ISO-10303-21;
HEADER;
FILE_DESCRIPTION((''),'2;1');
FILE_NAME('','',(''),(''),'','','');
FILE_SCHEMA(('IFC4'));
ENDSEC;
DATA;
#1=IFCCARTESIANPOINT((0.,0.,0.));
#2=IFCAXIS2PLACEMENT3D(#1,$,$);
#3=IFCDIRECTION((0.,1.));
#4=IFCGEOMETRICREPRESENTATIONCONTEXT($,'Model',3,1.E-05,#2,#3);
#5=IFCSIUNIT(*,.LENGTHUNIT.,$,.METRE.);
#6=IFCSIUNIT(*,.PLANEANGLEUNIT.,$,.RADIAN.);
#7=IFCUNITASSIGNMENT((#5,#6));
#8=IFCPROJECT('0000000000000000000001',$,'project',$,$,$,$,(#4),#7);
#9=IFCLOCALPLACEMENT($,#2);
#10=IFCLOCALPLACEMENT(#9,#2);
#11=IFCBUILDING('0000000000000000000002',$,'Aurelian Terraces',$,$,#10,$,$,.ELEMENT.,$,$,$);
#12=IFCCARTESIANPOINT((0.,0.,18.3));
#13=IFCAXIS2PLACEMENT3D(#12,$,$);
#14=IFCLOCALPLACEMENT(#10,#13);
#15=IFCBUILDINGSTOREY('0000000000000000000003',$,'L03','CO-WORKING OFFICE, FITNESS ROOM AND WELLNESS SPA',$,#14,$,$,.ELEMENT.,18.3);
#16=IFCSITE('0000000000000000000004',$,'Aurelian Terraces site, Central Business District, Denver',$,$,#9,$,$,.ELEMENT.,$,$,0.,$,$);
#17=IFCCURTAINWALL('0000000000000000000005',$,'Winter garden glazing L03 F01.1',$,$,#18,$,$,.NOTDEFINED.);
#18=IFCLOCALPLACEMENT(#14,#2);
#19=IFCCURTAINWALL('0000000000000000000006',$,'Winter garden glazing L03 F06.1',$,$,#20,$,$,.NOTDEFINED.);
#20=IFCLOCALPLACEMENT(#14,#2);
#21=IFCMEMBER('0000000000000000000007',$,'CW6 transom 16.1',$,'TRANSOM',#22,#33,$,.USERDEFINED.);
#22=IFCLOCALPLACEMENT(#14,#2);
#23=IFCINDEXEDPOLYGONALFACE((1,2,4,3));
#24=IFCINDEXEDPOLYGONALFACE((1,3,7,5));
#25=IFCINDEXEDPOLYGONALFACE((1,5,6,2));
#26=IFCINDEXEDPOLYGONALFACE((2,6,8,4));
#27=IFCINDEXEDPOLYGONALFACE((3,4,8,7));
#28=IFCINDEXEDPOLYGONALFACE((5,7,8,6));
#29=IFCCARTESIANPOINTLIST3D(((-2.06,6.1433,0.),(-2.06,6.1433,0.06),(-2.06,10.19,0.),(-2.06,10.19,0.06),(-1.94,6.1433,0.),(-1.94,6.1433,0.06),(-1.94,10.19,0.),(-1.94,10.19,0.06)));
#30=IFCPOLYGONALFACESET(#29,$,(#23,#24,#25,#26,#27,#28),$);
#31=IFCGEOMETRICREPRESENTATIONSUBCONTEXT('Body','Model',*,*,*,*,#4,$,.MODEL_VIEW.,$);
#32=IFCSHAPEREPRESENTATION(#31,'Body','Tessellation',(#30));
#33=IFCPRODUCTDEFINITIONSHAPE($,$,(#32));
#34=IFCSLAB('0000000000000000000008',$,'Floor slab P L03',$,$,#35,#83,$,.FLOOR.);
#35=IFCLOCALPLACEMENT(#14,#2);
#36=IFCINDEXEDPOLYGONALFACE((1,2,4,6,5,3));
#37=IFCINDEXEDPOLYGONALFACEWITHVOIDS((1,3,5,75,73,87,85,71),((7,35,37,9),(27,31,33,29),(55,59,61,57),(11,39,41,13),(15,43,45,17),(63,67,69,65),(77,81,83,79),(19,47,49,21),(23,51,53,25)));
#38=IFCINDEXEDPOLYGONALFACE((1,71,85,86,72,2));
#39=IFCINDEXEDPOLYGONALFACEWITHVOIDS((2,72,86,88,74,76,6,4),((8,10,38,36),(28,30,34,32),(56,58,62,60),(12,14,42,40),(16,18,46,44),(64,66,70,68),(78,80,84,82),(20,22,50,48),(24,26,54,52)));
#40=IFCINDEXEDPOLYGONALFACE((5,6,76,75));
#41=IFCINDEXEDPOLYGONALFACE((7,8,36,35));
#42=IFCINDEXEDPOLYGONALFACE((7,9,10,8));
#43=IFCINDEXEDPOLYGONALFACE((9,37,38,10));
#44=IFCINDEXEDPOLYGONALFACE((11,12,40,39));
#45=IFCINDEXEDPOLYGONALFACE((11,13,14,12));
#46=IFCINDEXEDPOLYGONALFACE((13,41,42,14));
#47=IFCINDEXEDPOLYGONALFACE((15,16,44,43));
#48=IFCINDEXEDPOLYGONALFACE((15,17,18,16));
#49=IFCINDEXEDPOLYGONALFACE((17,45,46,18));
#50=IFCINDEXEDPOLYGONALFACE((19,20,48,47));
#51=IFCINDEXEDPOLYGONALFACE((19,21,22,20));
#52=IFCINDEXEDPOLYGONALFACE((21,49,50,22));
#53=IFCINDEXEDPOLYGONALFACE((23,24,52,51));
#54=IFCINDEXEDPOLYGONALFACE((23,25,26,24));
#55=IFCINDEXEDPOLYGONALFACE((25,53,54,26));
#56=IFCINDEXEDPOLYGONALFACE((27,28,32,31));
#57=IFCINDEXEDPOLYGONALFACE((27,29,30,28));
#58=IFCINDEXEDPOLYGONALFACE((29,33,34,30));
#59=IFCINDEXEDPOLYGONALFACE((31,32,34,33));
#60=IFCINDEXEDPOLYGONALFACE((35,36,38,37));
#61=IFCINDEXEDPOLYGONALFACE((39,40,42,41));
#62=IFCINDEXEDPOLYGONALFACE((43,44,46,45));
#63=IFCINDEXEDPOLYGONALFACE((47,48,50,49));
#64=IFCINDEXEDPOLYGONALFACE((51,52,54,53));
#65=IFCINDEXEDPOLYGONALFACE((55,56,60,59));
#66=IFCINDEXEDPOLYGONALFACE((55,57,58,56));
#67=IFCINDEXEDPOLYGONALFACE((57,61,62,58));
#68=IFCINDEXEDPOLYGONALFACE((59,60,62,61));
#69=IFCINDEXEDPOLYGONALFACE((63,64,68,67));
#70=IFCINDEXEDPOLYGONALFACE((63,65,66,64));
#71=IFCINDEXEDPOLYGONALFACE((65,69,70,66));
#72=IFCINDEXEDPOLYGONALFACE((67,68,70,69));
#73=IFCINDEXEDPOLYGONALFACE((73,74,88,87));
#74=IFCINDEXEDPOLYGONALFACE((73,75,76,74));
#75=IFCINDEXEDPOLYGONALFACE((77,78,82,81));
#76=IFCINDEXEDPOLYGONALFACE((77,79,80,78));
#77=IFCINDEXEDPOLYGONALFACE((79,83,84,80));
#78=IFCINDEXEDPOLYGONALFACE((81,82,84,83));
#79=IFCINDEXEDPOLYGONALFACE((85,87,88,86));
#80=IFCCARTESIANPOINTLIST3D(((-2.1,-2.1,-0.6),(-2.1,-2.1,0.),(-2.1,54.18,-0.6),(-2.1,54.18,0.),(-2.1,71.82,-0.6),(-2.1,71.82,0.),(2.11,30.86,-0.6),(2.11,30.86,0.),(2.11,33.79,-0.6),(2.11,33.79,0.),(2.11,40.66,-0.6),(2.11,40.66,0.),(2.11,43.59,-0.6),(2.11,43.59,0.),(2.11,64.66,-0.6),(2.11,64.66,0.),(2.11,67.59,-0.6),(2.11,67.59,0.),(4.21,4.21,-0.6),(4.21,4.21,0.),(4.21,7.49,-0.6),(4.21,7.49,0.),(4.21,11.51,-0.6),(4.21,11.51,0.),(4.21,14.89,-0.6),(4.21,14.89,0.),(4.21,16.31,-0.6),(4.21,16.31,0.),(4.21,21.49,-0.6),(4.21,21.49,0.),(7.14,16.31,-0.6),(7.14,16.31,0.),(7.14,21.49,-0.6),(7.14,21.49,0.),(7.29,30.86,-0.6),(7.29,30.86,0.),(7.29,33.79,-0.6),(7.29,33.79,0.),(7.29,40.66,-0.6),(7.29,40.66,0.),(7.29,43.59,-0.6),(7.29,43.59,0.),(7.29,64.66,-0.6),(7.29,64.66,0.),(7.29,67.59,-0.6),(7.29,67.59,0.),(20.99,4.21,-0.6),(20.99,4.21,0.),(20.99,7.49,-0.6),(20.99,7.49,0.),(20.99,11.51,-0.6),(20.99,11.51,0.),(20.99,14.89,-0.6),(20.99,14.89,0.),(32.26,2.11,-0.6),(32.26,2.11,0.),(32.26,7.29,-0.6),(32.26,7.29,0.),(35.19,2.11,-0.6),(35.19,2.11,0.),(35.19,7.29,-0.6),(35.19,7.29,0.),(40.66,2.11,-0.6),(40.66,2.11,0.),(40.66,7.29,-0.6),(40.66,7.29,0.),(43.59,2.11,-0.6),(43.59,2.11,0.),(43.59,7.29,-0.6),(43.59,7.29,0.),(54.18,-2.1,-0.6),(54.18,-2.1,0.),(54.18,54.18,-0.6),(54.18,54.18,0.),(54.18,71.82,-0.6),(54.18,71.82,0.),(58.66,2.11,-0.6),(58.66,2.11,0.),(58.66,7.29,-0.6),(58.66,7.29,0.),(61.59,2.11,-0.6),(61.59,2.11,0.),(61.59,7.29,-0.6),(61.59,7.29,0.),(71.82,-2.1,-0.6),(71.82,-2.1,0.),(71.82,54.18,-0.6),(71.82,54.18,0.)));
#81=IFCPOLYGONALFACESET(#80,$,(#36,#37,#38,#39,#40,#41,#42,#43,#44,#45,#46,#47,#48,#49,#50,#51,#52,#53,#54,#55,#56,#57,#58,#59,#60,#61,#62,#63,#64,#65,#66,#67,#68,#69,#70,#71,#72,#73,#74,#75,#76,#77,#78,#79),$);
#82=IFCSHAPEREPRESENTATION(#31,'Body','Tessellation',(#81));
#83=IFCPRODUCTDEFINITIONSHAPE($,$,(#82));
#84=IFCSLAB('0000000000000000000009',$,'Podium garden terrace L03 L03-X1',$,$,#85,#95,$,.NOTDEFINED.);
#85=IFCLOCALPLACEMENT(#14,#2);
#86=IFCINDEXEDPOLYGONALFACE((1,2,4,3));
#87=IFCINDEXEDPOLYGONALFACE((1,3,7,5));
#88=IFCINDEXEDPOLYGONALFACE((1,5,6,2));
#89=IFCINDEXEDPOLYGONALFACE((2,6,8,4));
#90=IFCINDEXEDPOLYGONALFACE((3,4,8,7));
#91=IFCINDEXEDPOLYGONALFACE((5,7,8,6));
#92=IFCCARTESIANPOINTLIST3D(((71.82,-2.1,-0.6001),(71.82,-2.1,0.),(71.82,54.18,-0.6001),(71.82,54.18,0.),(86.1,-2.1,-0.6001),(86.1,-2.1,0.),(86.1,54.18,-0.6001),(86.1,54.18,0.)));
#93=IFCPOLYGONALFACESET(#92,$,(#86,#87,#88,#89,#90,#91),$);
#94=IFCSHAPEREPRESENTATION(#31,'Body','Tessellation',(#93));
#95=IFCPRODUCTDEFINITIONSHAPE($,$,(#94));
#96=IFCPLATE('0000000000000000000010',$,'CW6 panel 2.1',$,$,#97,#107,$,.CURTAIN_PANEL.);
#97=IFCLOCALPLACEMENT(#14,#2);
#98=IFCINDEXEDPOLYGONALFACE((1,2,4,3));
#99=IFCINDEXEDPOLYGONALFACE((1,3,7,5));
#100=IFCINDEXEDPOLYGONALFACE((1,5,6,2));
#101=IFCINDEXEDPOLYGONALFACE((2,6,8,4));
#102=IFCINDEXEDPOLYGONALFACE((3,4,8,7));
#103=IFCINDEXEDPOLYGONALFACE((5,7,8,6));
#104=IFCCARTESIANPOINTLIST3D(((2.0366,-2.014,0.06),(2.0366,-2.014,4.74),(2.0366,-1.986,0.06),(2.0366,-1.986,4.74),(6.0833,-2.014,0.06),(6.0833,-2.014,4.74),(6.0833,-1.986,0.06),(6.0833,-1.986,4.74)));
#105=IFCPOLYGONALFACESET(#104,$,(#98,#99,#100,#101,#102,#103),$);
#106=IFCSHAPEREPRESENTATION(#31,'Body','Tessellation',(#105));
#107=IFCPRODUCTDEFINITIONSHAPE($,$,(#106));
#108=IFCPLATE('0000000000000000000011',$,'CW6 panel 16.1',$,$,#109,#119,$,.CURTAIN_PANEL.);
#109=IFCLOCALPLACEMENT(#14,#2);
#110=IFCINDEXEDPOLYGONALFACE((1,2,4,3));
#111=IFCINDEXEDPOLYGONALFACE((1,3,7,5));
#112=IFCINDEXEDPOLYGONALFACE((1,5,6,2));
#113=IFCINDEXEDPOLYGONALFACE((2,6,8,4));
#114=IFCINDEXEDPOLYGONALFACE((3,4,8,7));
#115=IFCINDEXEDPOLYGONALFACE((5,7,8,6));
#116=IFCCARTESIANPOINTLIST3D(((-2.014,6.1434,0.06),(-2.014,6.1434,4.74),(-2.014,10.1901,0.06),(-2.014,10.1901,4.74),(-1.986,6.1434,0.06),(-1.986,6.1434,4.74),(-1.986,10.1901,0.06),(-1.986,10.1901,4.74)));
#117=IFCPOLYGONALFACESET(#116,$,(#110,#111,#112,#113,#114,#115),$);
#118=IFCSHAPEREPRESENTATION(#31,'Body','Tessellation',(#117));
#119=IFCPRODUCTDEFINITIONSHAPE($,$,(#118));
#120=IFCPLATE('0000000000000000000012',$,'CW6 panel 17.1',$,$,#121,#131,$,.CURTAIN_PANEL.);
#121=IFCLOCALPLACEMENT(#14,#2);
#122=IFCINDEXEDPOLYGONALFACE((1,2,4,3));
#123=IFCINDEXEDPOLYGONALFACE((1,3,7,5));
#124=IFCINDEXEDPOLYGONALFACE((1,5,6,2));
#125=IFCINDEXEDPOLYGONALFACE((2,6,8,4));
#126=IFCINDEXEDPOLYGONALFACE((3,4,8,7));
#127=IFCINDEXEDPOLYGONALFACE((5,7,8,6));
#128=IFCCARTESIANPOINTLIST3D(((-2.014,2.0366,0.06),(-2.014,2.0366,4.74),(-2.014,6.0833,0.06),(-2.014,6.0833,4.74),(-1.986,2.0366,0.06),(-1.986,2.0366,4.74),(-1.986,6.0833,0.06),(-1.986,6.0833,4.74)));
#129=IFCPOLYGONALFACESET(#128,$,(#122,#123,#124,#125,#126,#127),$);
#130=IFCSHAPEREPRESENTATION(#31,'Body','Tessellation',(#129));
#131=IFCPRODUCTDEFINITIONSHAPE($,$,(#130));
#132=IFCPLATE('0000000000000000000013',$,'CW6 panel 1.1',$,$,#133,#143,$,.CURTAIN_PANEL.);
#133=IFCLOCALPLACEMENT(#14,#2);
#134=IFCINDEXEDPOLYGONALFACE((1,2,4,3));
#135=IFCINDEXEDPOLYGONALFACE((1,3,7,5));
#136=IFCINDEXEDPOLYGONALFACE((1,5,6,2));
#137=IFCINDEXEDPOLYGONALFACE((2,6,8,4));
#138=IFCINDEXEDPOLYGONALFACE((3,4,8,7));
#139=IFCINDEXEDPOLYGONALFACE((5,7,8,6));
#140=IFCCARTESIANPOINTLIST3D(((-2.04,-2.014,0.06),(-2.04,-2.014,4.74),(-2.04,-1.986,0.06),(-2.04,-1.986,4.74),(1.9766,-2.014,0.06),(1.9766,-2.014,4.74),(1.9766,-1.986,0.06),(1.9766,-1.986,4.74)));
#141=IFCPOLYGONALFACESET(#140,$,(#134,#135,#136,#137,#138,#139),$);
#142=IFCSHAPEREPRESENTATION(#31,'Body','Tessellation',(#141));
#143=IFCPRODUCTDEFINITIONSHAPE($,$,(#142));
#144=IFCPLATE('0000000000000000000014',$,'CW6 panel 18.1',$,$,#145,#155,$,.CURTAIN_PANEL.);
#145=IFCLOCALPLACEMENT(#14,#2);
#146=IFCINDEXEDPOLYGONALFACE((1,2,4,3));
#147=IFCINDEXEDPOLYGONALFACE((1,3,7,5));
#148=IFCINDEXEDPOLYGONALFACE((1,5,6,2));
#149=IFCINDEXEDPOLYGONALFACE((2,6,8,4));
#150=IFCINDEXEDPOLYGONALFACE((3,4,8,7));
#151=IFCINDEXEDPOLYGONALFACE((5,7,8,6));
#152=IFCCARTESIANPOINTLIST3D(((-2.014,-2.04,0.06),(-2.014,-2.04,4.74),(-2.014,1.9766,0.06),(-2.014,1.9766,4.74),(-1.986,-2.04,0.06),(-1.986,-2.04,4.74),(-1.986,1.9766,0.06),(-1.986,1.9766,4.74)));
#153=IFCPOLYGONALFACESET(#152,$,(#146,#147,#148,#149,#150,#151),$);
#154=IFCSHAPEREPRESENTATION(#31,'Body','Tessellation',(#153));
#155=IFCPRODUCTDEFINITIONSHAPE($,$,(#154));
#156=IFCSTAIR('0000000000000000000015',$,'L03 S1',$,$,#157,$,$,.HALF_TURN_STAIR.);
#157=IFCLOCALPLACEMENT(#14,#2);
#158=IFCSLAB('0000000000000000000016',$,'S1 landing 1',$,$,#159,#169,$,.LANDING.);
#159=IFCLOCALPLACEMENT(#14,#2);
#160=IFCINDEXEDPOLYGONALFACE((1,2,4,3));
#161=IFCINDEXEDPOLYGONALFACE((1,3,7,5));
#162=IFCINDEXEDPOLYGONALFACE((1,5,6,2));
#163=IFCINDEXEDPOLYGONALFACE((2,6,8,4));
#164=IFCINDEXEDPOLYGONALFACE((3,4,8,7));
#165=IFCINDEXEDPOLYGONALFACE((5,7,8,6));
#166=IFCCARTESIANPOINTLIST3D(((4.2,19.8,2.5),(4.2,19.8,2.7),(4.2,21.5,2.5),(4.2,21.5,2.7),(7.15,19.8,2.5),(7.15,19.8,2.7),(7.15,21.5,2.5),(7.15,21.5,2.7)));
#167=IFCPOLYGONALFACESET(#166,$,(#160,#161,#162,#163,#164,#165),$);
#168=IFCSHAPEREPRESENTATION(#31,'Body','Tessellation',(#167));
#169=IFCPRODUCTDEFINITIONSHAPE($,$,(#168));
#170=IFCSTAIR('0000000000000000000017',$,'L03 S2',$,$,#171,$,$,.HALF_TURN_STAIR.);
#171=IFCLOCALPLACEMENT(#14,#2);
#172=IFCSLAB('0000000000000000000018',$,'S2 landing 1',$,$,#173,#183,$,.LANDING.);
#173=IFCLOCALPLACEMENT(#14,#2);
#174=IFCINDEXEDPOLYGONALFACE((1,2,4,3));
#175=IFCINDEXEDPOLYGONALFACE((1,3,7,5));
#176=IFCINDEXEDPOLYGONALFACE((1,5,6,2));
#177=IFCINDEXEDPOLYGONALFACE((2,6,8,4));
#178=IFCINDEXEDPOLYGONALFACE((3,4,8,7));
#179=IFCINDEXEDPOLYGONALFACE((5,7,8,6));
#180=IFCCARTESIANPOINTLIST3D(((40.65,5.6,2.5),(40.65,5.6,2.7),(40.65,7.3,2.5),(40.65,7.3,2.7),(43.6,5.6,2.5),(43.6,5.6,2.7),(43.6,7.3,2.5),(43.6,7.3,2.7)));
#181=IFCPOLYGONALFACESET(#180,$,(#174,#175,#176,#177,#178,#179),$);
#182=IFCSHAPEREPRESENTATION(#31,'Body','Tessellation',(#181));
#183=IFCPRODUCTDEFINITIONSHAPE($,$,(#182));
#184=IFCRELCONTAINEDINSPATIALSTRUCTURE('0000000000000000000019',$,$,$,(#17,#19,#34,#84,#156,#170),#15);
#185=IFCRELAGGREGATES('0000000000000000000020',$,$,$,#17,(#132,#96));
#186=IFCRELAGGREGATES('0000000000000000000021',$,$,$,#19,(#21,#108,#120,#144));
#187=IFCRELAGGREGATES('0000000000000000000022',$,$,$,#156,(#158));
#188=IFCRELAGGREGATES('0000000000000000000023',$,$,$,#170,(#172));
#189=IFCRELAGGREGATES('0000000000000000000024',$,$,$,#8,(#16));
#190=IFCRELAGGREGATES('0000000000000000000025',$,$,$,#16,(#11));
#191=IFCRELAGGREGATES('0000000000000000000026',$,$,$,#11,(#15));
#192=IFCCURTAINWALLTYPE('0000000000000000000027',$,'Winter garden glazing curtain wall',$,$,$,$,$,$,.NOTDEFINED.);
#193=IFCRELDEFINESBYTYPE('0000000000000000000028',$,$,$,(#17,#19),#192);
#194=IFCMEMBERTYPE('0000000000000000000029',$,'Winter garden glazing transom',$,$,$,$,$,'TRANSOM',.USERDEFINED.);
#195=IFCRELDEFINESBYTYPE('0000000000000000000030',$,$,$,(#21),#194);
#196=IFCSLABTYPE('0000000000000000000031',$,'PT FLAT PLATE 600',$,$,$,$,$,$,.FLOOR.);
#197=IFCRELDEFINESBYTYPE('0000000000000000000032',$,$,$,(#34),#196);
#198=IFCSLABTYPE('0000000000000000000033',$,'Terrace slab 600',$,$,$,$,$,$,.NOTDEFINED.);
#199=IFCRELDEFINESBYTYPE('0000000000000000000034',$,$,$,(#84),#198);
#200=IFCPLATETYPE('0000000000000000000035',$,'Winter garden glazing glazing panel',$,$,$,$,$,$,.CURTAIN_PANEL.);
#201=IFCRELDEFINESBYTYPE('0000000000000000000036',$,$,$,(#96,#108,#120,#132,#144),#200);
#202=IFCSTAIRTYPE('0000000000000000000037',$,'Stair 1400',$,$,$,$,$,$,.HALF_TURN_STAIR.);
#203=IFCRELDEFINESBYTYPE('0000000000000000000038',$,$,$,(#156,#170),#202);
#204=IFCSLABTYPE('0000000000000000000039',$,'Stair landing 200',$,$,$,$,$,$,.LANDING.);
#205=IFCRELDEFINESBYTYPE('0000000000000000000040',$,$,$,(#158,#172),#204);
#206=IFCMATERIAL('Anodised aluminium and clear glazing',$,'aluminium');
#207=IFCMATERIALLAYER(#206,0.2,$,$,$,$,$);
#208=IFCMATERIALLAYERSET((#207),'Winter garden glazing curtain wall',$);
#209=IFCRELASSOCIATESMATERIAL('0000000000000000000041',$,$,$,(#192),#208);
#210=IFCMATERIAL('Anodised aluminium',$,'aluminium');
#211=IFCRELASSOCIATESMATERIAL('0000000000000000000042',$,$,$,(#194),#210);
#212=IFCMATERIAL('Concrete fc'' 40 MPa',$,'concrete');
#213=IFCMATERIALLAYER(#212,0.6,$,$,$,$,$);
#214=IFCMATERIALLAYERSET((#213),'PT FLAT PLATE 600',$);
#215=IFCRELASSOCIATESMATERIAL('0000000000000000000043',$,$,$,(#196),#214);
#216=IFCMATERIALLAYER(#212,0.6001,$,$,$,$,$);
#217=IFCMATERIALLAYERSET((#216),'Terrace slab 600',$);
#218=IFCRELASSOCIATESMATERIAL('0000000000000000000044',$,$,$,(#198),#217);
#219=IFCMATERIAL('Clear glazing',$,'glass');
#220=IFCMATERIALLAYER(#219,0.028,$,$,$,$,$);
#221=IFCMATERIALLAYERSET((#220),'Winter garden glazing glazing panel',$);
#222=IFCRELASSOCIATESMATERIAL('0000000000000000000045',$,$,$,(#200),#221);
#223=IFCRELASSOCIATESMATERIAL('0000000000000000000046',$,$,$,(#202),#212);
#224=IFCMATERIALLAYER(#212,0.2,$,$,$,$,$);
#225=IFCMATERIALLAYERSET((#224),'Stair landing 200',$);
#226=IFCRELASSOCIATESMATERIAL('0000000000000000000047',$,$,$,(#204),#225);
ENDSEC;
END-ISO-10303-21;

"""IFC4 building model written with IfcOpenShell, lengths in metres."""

from ifc_helpers import new_model, si_unit, direction, frame, origin, origin_2d, place, context, subcontext, project, spatial, polyline, rectangle, outline, extrude, source, transform, mapped, material, layer, layer_set, material_profile, profile_set, type_object, element, aggregate, save


model = new_model("IFC4")

# Units and contexts
model_context = context("Model", 3, precision=1e-05, world=origin(), true_north=direction((0.0, 1.0)))
body_context = subcontext(model_context, "Body", "Model", "MODEL_VIEW")
ifc_project = project(units=[si_unit("LENGTHUNIT", "METRE"), si_unit("PLANEANGLEUNIT", "RADIAN")], contexts=[model_context])

# Site, building, storey
site_placement = place(None, origin())
site = spatial("IfcSite", under=ifc_project, at=site_placement, Name="Aurelian Terraces site, Central Business District, Denver", CompositionType="ELEMENT", RefElevation=0.0)
building_placement = place(site_placement, origin())
building = spatial("IfcBuilding", under=site, at=building_placement, Name="Aurelian Terraces", CompositionType="ELEMENT")
storey_placement = place(building_placement, frame((0.0, 0.0, 18.3)))
storey = spatial("IfcBuildingStorey", under=building, at=storey_placement, Name="L03", Description="CO-WORKING OFFICE, FITNESS ROOM AND WELLNESS SPA", CompositionType="ELEMENT", Elevation=18.3)

# Curtain walls
ifc_material_1 = material(Name="Anodised aluminium and clear glazing", Category="aluminium")
ifc_layer_1 = layer(ifc_material_1, 0.2)
ifc_layer_set_1 = layer_set([ifc_layer_1], Name="Winter garden glazing curtain wall")
curtain_wall_type = type_object("IfcCurtainWallType", Name="Winter garden glazing curtain wall", PredefinedType="NOTDEFINED", material=ifc_layer_set_1)
curtain_wall_1_placement = place(storey_placement, origin())
curtain_wall_1 = element("IfcCurtainWall", 1, at=curtain_wall_1_placement, inside=storey, type_object=curtain_wall_type, Name="Winter garden glazing L03 F01.1", PredefinedType="NOTDEFINED")
ifc_material_2 = material(Name="Anodised aluminium", Category="aluminium")
curtain_wall_2_placement = place(storey_placement, origin())
curtain_wall_2 = element("IfcCurtainWall", 2, at=curtain_wall_2_placement, inside=storey, type_object=curtain_wall_type, Name="Winter garden glazing L03 F06.1", PredefinedType="NOTDEFINED")

# Member
ifc_material_profile_1 = material_profile(ifc_material_2, rectangle(XDim=0.12, YDim=0.06, at=origin_2d()))
ifc_profile_set_1 = profile_set([ifc_material_profile_1], Name="Anodised aluminium")
member_type_1 = type_object("IfcMemberType", Name="Winter garden glazing transom", ElementType="TRANSOM", PredefinedType="USERDEFINED", material=ifc_profile_set_1)
shared_shape_1 = source(origin(), body_context, "Body", "SweptSolid", [
    extrude(rectangle(XDim=0.12, YDim=0.06, at=origin_2d()), origin(), (0.0, 0.0, 1.0), 4.0467),
])
member_1_placement = place(storey_placement, frame((-2.0, 10.19, 0.03), z_axis=(0.0, -1.0, 0.0), x_axis=(1.0, 0.0, 0.0)))
member_1 = element("IfcMember", 3, at=member_1_placement, type_object=member_type_1, Name="CW6 transom 16.1", ObjectType="TRANSOM", PredefinedType="USERDEFINED", context=body_context, shape_type="MappedRepresentation", body=[
    mapped(shared_shape_1, transform((0.0, 0.0, 0.0), scale=1.0)),
])

# Slabs
ifc_material_3 = material(Name="Concrete fc' 40 MPa", Category="concrete")
ifc_layer_2 = layer(ifc_material_3, 0.6)
ifc_layer_set_2 = layer_set([ifc_layer_2], Name="PT FLAT PLATE 600")
slab_type_1 = type_object("IfcSlabType", Name="PT FLAT PLATE 600", PredefinedType="FLOOR", material=ifc_layer_set_2)
slab_1_placement = place(storey_placement, frame((0.0, 0.0, -0.6)))
element("IfcSlab", 4, at=slab_1_placement, inside=storey, type_object=slab_type_1, Name="Floor slab P L03", PredefinedType="FLOOR", context=body_context, shape_type="SweptSolid", body=[
    extrude(outline(polyline([(71.82, -2.1), (54.18, -2.1), (-2.1, -2.1), (-2.1, 54.18), (-2.1, 71.82), (54.18, 71.82), (54.18, 54.18), (71.82, 54.18), (71.82, -2.1)]), holes=[polyline([(58.66, 7.29), (58.66, 2.11), (61.59, 2.11), (61.59, 7.29), (58.66, 7.29)]), polyline([(40.66, 7.29), (40.66, 2.11), (43.59, 2.11), (43.59, 7.29), (40.66, 7.29)]), polyline([(32.26, 7.29), (32.26, 2.11), (35.19, 2.11), (35.19, 7.29), (32.26, 7.29)]), polyline([(4.21, 7.49), (4.21, 4.21), (20.99, 4.21), (20.99, 7.49), (4.21, 7.49)]), polyline([(4.21, 14.89), (4.21, 11.51), (20.99, 11.51), (20.99, 14.89), (4.21, 14.89)]), polyline([(7.29, 40.66), (7.29, 43.59), (2.11, 43.59), (2.11, 40.66), (7.29, 40.66)]), polyline([(7.29, 64.66), (7.29, 67.59), (2.11, 67.59), (2.11, 64.66), (7.29, 64.66)]), polyline([(7.29, 33.79), (2.11, 33.79), (2.11, 30.86), (7.29, 30.86), (7.29, 33.79)]), polyline([(4.21, 21.49), (4.21, 16.31), (7.14, 16.31), (7.14, 21.49), (4.21, 21.49)])]), origin(), (0.0, 0.0, 1.0), 0.6),
])
ifc_layer_3 = layer(ifc_material_3, 0.6001)
ifc_layer_set_3 = layer_set([ifc_layer_3], Name="Terrace slab 600")
slab_type_2 = type_object("IfcSlabType", Name="Terrace slab 600", PredefinedType="NOTDEFINED", material=ifc_layer_set_3)
slab_2_placement = place(storey_placement, frame((0.0, 0.0, -0.6001)))
element("IfcSlab", 5, at=slab_2_placement, inside=storey, type_object=slab_type_2, Name="Podium garden terrace L03 L03-X1", PredefinedType="NOTDEFINED", context=body_context, shape_type="SweptSolid", body=[
    extrude(outline(polyline([(86.1, -2.1), (71.82, -2.1), (71.82, 54.18), (86.1, 54.18), (86.1, -2.1)])), origin(), (0.0, 0.0, 1.0), 0.6001),
])

# Plates
ifc_material_4 = material(Name="Clear glazing", Category="glass")
ifc_layer_4 = layer(ifc_material_4, 0.028)
ifc_layer_set_4 = layer_set([ifc_layer_4], Name="Winter garden glazing glazing panel")
plate_type = type_object("IfcPlateType", Name="Winter garden glazing glazing panel", PredefinedType="CURTAIN_PANEL", material=ifc_layer_set_4)
shared_shape_2 = source(origin(), body_context, "Body", "SweptSolid", [
    extrude(rectangle(XDim=4.0467, YDim=0.028, at=origin_2d()), origin(), (0.0, 0.0, 1.0), 4.68),
])
plate_1_placement = place(storey_placement, frame((4.06, -2.0, 0.06), z_axis=(0.0, 0.0, 1.0), x_axis=(1.0, 0.0, 0.0)))
plate_1 = element("IfcPlate", 6, at=plate_1_placement, type_object=plate_type, Name="CW6 panel 2.1", PredefinedType="CURTAIN_PANEL", context=body_context, shape_type="MappedRepresentation", body=[
    mapped(shared_shape_2, transform((0.0, 0.0, 0.0), scale=1.0)),
])
plate_2_placement = place(storey_placement, frame((-2.0, 8.1667, 0.06), z_axis=(0.0, 0.0, 1.0), x_axis=(0.0, -1.0, 0.0)))
plate_2 = element("IfcPlate", 7, at=plate_2_placement, type_object=plate_type, Name="CW6 panel 16.1", PredefinedType="CURTAIN_PANEL", context=body_context, shape_type="MappedRepresentation", body=[
    mapped(shared_shape_2, transform((0.0, 0.0, 0.0), scale=1.0)),
])
plate_3_placement = place(storey_placement, frame((-2.0, 4.06, 0.06), z_axis=(0.0, 0.0, 1.0), x_axis=(0.0, -1.0, 0.0)))
plate_3 = element("IfcPlate", 8, at=plate_3_placement, type_object=plate_type, Name="CW6 panel 17.1", PredefinedType="CURTAIN_PANEL", context=body_context, shape_type="MappedRepresentation", body=[
    mapped(shared_shape_2, transform((0.0, 0.0, 0.0), scale=1.0)),
])
shared_shape_3 = source(origin(), body_context, "Body", "SweptSolid", [
    extrude(rectangle(XDim=4.0167, YDim=0.028, at=origin_2d()), origin(), (0.0, 0.0, 1.0), 4.68),
])
plate_4_placement = place(storey_placement, frame((-0.0317, -2.0, 0.06), z_axis=(0.0, 0.0, 1.0), x_axis=(1.0, 0.0, 0.0)))
plate_4 = element("IfcPlate", 9, at=plate_4_placement, type_object=plate_type, Name="CW6 panel 1.1", PredefinedType="CURTAIN_PANEL", context=body_context, shape_type="MappedRepresentation", body=[
    mapped(shared_shape_3, transform((0.0, 0.0, 0.0), scale=1.0)),
])
aggregate(curtain_wall_1, [plate_4, plate_1])
plate_5_placement = place(storey_placement, frame((-2.0, -0.0317, 0.06), z_axis=(0.0, 0.0, 1.0), x_axis=(0.0, -1.0, 0.0)))
plate_5 = element("IfcPlate", 10, at=plate_5_placement, type_object=plate_type, Name="CW6 panel 18.1", PredefinedType="CURTAIN_PANEL", context=body_context, shape_type="MappedRepresentation", body=[
    mapped(shared_shape_3, transform((0.0, 0.0, 0.0), scale=1.0)),
])
aggregate(curtain_wall_2, [member_1, plate_2, plate_3, plate_5])

# Stairs, slabs
stair_type = type_object("IfcStairType", Name="Stair 1400", PredefinedType="HALF_TURN_STAIR", material=ifc_material_3)
stair_1_placement = place(storey_placement, origin())
stair_1 = element("IfcStair", 11, at=stair_1_placement, inside=storey, type_object=stair_type, Name="L03 S1", PredefinedType="HALF_TURN_STAIR")
ifc_layer_5 = layer(ifc_material_3, 0.2)
ifc_layer_set_5 = layer_set([ifc_layer_5], Name="Stair landing 200")
slab_type_3 = type_object("IfcSlabType", Name="Stair landing 200", PredefinedType="LANDING", material=ifc_layer_set_5)
shared_shape_4 = source(origin(), body_context, "Body", "SweptSolid", [
    extrude(outline(polyline([(7.15, 19.8), (7.15, 21.5), (4.2, 21.5), (4.2, 19.8), (7.15, 19.8)])), origin(), (0.0, 0.0, 1.0), 0.2),
])
slab_3_placement = place(storey_placement, frame((0.0, 0.0, 2.5)))
slab_3 = element("IfcSlab", 12, at=slab_3_placement, type_object=slab_type_3, Name="S1 landing 1", PredefinedType="LANDING", context=body_context, shape_type="MappedRepresentation", body=[
    mapped(shared_shape_4, transform((0.0, 0.0, 0.0), scale=1.0)),
])
aggregate(stair_1, [slab_3])
stair_2_placement = place(storey_placement, origin())
stair_2 = element("IfcStair", 13, at=stair_2_placement, inside=storey, type_object=stair_type, Name="L03 S2", PredefinedType="HALF_TURN_STAIR")
shared_shape_5 = source(origin(), body_context, "Body", "SweptSolid", [
    extrude(outline(polyline([(43.6, 5.6), (43.6, 7.3), (40.65, 7.3), (40.65, 5.6), (43.6, 5.6)])), origin(), (0.0, 0.0, 1.0), 0.2),
])
slab_4_placement = place(storey_placement, frame((0.0, 0.0, 2.5)))
slab_4 = element("IfcSlab", 14, at=slab_4_placement, type_object=slab_type_3, Name="S2 landing 1", PredefinedType="LANDING", context=body_context, shape_type="MappedRepresentation", body=[
    mapped(shared_shape_5, transform((0.0, 0.0, 0.0), scale=1.0)),
])
aggregate(stair_2, [slab_4])

save(model, "model.ifc")
